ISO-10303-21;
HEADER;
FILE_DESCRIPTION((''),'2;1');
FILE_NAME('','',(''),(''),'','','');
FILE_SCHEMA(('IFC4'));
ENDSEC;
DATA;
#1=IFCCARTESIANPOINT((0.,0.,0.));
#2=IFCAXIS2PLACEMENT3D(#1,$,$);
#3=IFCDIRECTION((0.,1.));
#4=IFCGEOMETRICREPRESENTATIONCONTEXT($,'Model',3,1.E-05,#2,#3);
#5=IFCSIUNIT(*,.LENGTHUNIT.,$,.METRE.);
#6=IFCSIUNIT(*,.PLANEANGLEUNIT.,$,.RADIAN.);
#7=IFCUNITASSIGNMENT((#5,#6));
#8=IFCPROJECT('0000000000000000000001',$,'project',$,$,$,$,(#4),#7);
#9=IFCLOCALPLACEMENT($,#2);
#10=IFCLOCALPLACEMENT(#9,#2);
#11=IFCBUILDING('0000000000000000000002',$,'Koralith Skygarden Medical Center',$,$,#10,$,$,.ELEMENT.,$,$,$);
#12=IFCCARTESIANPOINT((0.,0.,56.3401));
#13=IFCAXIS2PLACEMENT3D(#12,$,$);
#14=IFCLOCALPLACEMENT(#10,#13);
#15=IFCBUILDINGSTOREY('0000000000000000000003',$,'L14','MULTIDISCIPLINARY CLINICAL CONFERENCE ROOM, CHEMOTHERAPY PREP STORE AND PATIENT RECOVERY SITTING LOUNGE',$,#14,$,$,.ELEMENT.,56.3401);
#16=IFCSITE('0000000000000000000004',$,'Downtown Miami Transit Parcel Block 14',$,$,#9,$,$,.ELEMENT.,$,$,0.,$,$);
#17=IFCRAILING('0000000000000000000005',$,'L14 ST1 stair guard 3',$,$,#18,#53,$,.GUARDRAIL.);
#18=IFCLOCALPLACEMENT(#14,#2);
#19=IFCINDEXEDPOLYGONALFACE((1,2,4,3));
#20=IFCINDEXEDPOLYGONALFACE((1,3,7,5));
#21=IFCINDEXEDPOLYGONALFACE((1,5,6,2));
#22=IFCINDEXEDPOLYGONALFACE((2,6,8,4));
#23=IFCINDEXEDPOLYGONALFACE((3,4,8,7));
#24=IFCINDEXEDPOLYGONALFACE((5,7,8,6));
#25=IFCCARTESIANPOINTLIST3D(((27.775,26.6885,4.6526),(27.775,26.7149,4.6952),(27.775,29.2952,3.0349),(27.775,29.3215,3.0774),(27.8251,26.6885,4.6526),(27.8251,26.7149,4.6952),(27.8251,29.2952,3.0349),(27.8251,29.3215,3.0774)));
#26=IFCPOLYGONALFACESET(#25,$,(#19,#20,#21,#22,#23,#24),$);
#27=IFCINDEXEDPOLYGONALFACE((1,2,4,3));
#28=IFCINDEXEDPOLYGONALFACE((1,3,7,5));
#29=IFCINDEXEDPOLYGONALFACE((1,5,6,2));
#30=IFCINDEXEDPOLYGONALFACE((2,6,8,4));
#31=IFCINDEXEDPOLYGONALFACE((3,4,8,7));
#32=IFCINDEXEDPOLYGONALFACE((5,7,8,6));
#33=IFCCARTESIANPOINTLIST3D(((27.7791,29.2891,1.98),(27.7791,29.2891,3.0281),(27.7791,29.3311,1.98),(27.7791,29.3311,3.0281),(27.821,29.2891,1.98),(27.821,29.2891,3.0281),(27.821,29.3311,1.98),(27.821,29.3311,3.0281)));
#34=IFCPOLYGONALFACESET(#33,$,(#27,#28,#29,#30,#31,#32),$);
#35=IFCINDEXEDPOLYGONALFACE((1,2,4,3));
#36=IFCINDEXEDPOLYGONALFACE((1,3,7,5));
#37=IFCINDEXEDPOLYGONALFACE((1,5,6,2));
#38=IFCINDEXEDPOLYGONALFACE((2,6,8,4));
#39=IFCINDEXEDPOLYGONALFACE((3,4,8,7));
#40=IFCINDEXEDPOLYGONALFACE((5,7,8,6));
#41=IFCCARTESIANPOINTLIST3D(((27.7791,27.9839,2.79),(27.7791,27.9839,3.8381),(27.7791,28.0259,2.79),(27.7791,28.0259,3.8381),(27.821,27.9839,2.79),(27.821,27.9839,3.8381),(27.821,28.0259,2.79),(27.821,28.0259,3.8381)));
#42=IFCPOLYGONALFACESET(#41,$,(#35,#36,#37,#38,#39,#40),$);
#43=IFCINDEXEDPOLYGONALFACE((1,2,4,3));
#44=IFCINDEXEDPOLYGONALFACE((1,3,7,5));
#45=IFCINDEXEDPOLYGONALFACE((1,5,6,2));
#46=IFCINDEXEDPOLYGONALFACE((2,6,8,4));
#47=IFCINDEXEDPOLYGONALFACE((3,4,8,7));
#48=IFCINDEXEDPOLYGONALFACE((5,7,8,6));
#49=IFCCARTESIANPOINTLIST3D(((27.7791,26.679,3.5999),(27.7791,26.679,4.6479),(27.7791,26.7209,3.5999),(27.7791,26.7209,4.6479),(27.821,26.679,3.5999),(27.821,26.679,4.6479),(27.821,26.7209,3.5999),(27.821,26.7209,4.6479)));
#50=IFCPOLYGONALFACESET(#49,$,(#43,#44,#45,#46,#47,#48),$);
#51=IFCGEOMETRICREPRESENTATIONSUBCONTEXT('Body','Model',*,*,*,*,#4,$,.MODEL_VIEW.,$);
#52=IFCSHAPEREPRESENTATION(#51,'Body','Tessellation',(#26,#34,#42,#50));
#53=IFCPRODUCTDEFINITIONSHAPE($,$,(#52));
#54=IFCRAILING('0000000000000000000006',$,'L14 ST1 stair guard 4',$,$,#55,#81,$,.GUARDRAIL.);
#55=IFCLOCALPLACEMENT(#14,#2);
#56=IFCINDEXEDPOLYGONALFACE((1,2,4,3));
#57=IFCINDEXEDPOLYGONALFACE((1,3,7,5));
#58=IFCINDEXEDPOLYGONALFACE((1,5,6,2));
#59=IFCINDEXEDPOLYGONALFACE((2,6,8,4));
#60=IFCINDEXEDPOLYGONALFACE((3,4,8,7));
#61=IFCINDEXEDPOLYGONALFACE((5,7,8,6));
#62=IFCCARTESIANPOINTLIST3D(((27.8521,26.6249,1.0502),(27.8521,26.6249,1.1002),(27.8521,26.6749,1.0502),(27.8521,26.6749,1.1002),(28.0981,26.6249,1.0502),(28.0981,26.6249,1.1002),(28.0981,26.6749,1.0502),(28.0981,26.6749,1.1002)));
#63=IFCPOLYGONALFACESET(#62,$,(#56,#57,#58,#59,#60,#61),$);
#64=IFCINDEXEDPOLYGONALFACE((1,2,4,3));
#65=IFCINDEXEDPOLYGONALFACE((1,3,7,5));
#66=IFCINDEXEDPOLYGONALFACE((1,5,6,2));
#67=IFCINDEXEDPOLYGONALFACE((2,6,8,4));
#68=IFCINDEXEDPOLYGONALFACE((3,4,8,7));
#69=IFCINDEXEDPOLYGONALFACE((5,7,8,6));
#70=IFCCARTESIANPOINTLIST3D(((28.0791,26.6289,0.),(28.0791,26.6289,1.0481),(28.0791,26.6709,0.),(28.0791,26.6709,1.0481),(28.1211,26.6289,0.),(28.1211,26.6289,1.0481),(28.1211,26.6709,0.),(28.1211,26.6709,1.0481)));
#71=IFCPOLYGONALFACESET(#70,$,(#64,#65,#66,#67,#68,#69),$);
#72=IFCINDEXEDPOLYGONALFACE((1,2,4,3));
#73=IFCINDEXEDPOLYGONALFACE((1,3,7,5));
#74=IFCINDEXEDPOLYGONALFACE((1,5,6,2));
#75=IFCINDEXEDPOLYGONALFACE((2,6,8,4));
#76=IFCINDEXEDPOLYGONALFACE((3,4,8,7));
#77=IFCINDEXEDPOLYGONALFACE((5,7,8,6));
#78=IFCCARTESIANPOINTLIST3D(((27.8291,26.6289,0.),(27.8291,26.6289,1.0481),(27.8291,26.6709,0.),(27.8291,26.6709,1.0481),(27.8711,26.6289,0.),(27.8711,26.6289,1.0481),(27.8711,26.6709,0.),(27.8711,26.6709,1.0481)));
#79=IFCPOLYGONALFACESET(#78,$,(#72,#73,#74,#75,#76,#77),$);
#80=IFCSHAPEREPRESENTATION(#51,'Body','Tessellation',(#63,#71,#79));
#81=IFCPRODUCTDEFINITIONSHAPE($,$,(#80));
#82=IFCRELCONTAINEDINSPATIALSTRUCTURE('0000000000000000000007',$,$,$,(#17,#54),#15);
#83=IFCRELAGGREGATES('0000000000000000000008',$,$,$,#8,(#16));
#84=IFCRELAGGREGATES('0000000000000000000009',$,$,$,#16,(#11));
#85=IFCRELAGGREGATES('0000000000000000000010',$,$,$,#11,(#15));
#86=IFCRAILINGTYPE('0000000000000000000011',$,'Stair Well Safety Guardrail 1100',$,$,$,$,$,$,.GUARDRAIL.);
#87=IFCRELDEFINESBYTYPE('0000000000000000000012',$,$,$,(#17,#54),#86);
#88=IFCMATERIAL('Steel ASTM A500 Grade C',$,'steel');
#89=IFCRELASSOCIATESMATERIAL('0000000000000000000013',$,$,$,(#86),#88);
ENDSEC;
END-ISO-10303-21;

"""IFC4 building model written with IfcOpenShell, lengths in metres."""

from ifc_helpers import new_model, si_unit, direction, frame, origin, origin_2d, place, context, subcontext, project, spatial, rectangle, extrude, material, type_object, element, save


model = new_model("IFC4")

# Units and contexts
model_context = context("Model", 3, precision=1e-05, world=origin(), true_north=direction((0.0, 1.0)))
body_context = subcontext(model_context, "Body", "Model", "MODEL_VIEW")
ifc_project = project(units=[si_unit("LENGTHUNIT", "METRE"), si_unit("PLANEANGLEUNIT", "RADIAN")], contexts=[model_context])

# Site, building, storey
site_placement = place(None, origin())
site = spatial("IfcSite", under=ifc_project, at=site_placement, Name="Downtown Miami Transit Parcel Block 14", CompositionType="ELEMENT", RefElevation=0.0)
building_placement = place(site_placement, origin())
building = spatial("IfcBuilding", under=site, at=building_placement, Name="Koralith Skygarden Medical Center", CompositionType="ELEMENT")
storey_placement = place(building_placement, frame((0.0, 0.0, 56.3401)))
storey = spatial("IfcBuildingStorey", under=building, at=storey_placement, Name="L14", Description="MULTIDISCIPLINARY CLINICAL CONFERENCE ROOM, CHEMOTHERAPY PREP STORE AND PATIENT RECOVERY SITTING LOUNGE", CompositionType="ELEMENT", Elevation=56.3401)

# Shared definitions
ifc_material_1 = material(Name="Steel ASTM A500 Grade C", Category="steel")

# Railings
railing_type_1 = type_object("IfcRailingType", Name="Stair Well Safety Guardrail 1100", PredefinedType="GUARDRAIL", material=ifc_material_1)
railing_1_placement = place(storey_placement, frame((27.8, 29.3101, 1.98)))
element("IfcRailing", 1, at=railing_1_placement, inside=storey, type_object=railing_type_1, Name="L14 ST1 stair guard 3", PredefinedType="GUARDRAIL", context=body_context, shape_type="SweptSolid", body=[
    extrude(rectangle(XDim=0.05, YDim=0.05, at=origin_2d()), frame((0.0, -0.0017, 1.0762), z_axis=(0.0, -0.849668, 0.527317), x_axis=(1.0, 0.0, 0.0)), (0.0, 0.0, 1.0), 3.0679),
    extrude(rectangle(XDim=0.042, YDim=0.042, at=origin_2d()), origin(), (0.0, 0.0, 1.0), 1.0481),
    extrude(rectangle(XDim=0.042, YDim=0.042, at=origin_2d()), frame((0.0, -1.3052, 0.8101)), (0.0, 0.0, 1.0), 1.0481),
    extrude(rectangle(XDim=0.042, YDim=0.042, at=origin_2d()), frame((0.0, -2.6101, 1.6199)), (0.0, 0.0, 1.0), 1.0481),
])
railing_2_placement = place(storey_placement, frame((28.1001, 26.6499, 0.0)))
element("IfcRailing", 2, at=railing_2_placement, inside=storey, type_object=railing_type_1, Name="L14 ST1 stair guard 4", PredefinedType="GUARDRAIL", context=body_context, shape_type="SweptSolid", body=[
    extrude(rectangle(XDim=0.05, YDim=0.05, at=origin_2d()), frame((-0.002, 0.0, 1.0752), z_axis=(-1.0, 0.0, 0.0), x_axis=(0.0, -1.0, 0.0)), (0.0, 0.0, 1.0), 0.2461),
    extrude(rectangle(XDim=0.042, YDim=0.042, at=origin_2d()), origin(), (0.0, 0.0, 1.0), 1.0481),
    extrude(rectangle(XDim=0.042, YDim=0.042, at=origin_2d()), frame((-0.25, 0.0, 0.0)), (0.0, 0.0, 1.0), 1.0481),
])

save(model, "model.ifc")
